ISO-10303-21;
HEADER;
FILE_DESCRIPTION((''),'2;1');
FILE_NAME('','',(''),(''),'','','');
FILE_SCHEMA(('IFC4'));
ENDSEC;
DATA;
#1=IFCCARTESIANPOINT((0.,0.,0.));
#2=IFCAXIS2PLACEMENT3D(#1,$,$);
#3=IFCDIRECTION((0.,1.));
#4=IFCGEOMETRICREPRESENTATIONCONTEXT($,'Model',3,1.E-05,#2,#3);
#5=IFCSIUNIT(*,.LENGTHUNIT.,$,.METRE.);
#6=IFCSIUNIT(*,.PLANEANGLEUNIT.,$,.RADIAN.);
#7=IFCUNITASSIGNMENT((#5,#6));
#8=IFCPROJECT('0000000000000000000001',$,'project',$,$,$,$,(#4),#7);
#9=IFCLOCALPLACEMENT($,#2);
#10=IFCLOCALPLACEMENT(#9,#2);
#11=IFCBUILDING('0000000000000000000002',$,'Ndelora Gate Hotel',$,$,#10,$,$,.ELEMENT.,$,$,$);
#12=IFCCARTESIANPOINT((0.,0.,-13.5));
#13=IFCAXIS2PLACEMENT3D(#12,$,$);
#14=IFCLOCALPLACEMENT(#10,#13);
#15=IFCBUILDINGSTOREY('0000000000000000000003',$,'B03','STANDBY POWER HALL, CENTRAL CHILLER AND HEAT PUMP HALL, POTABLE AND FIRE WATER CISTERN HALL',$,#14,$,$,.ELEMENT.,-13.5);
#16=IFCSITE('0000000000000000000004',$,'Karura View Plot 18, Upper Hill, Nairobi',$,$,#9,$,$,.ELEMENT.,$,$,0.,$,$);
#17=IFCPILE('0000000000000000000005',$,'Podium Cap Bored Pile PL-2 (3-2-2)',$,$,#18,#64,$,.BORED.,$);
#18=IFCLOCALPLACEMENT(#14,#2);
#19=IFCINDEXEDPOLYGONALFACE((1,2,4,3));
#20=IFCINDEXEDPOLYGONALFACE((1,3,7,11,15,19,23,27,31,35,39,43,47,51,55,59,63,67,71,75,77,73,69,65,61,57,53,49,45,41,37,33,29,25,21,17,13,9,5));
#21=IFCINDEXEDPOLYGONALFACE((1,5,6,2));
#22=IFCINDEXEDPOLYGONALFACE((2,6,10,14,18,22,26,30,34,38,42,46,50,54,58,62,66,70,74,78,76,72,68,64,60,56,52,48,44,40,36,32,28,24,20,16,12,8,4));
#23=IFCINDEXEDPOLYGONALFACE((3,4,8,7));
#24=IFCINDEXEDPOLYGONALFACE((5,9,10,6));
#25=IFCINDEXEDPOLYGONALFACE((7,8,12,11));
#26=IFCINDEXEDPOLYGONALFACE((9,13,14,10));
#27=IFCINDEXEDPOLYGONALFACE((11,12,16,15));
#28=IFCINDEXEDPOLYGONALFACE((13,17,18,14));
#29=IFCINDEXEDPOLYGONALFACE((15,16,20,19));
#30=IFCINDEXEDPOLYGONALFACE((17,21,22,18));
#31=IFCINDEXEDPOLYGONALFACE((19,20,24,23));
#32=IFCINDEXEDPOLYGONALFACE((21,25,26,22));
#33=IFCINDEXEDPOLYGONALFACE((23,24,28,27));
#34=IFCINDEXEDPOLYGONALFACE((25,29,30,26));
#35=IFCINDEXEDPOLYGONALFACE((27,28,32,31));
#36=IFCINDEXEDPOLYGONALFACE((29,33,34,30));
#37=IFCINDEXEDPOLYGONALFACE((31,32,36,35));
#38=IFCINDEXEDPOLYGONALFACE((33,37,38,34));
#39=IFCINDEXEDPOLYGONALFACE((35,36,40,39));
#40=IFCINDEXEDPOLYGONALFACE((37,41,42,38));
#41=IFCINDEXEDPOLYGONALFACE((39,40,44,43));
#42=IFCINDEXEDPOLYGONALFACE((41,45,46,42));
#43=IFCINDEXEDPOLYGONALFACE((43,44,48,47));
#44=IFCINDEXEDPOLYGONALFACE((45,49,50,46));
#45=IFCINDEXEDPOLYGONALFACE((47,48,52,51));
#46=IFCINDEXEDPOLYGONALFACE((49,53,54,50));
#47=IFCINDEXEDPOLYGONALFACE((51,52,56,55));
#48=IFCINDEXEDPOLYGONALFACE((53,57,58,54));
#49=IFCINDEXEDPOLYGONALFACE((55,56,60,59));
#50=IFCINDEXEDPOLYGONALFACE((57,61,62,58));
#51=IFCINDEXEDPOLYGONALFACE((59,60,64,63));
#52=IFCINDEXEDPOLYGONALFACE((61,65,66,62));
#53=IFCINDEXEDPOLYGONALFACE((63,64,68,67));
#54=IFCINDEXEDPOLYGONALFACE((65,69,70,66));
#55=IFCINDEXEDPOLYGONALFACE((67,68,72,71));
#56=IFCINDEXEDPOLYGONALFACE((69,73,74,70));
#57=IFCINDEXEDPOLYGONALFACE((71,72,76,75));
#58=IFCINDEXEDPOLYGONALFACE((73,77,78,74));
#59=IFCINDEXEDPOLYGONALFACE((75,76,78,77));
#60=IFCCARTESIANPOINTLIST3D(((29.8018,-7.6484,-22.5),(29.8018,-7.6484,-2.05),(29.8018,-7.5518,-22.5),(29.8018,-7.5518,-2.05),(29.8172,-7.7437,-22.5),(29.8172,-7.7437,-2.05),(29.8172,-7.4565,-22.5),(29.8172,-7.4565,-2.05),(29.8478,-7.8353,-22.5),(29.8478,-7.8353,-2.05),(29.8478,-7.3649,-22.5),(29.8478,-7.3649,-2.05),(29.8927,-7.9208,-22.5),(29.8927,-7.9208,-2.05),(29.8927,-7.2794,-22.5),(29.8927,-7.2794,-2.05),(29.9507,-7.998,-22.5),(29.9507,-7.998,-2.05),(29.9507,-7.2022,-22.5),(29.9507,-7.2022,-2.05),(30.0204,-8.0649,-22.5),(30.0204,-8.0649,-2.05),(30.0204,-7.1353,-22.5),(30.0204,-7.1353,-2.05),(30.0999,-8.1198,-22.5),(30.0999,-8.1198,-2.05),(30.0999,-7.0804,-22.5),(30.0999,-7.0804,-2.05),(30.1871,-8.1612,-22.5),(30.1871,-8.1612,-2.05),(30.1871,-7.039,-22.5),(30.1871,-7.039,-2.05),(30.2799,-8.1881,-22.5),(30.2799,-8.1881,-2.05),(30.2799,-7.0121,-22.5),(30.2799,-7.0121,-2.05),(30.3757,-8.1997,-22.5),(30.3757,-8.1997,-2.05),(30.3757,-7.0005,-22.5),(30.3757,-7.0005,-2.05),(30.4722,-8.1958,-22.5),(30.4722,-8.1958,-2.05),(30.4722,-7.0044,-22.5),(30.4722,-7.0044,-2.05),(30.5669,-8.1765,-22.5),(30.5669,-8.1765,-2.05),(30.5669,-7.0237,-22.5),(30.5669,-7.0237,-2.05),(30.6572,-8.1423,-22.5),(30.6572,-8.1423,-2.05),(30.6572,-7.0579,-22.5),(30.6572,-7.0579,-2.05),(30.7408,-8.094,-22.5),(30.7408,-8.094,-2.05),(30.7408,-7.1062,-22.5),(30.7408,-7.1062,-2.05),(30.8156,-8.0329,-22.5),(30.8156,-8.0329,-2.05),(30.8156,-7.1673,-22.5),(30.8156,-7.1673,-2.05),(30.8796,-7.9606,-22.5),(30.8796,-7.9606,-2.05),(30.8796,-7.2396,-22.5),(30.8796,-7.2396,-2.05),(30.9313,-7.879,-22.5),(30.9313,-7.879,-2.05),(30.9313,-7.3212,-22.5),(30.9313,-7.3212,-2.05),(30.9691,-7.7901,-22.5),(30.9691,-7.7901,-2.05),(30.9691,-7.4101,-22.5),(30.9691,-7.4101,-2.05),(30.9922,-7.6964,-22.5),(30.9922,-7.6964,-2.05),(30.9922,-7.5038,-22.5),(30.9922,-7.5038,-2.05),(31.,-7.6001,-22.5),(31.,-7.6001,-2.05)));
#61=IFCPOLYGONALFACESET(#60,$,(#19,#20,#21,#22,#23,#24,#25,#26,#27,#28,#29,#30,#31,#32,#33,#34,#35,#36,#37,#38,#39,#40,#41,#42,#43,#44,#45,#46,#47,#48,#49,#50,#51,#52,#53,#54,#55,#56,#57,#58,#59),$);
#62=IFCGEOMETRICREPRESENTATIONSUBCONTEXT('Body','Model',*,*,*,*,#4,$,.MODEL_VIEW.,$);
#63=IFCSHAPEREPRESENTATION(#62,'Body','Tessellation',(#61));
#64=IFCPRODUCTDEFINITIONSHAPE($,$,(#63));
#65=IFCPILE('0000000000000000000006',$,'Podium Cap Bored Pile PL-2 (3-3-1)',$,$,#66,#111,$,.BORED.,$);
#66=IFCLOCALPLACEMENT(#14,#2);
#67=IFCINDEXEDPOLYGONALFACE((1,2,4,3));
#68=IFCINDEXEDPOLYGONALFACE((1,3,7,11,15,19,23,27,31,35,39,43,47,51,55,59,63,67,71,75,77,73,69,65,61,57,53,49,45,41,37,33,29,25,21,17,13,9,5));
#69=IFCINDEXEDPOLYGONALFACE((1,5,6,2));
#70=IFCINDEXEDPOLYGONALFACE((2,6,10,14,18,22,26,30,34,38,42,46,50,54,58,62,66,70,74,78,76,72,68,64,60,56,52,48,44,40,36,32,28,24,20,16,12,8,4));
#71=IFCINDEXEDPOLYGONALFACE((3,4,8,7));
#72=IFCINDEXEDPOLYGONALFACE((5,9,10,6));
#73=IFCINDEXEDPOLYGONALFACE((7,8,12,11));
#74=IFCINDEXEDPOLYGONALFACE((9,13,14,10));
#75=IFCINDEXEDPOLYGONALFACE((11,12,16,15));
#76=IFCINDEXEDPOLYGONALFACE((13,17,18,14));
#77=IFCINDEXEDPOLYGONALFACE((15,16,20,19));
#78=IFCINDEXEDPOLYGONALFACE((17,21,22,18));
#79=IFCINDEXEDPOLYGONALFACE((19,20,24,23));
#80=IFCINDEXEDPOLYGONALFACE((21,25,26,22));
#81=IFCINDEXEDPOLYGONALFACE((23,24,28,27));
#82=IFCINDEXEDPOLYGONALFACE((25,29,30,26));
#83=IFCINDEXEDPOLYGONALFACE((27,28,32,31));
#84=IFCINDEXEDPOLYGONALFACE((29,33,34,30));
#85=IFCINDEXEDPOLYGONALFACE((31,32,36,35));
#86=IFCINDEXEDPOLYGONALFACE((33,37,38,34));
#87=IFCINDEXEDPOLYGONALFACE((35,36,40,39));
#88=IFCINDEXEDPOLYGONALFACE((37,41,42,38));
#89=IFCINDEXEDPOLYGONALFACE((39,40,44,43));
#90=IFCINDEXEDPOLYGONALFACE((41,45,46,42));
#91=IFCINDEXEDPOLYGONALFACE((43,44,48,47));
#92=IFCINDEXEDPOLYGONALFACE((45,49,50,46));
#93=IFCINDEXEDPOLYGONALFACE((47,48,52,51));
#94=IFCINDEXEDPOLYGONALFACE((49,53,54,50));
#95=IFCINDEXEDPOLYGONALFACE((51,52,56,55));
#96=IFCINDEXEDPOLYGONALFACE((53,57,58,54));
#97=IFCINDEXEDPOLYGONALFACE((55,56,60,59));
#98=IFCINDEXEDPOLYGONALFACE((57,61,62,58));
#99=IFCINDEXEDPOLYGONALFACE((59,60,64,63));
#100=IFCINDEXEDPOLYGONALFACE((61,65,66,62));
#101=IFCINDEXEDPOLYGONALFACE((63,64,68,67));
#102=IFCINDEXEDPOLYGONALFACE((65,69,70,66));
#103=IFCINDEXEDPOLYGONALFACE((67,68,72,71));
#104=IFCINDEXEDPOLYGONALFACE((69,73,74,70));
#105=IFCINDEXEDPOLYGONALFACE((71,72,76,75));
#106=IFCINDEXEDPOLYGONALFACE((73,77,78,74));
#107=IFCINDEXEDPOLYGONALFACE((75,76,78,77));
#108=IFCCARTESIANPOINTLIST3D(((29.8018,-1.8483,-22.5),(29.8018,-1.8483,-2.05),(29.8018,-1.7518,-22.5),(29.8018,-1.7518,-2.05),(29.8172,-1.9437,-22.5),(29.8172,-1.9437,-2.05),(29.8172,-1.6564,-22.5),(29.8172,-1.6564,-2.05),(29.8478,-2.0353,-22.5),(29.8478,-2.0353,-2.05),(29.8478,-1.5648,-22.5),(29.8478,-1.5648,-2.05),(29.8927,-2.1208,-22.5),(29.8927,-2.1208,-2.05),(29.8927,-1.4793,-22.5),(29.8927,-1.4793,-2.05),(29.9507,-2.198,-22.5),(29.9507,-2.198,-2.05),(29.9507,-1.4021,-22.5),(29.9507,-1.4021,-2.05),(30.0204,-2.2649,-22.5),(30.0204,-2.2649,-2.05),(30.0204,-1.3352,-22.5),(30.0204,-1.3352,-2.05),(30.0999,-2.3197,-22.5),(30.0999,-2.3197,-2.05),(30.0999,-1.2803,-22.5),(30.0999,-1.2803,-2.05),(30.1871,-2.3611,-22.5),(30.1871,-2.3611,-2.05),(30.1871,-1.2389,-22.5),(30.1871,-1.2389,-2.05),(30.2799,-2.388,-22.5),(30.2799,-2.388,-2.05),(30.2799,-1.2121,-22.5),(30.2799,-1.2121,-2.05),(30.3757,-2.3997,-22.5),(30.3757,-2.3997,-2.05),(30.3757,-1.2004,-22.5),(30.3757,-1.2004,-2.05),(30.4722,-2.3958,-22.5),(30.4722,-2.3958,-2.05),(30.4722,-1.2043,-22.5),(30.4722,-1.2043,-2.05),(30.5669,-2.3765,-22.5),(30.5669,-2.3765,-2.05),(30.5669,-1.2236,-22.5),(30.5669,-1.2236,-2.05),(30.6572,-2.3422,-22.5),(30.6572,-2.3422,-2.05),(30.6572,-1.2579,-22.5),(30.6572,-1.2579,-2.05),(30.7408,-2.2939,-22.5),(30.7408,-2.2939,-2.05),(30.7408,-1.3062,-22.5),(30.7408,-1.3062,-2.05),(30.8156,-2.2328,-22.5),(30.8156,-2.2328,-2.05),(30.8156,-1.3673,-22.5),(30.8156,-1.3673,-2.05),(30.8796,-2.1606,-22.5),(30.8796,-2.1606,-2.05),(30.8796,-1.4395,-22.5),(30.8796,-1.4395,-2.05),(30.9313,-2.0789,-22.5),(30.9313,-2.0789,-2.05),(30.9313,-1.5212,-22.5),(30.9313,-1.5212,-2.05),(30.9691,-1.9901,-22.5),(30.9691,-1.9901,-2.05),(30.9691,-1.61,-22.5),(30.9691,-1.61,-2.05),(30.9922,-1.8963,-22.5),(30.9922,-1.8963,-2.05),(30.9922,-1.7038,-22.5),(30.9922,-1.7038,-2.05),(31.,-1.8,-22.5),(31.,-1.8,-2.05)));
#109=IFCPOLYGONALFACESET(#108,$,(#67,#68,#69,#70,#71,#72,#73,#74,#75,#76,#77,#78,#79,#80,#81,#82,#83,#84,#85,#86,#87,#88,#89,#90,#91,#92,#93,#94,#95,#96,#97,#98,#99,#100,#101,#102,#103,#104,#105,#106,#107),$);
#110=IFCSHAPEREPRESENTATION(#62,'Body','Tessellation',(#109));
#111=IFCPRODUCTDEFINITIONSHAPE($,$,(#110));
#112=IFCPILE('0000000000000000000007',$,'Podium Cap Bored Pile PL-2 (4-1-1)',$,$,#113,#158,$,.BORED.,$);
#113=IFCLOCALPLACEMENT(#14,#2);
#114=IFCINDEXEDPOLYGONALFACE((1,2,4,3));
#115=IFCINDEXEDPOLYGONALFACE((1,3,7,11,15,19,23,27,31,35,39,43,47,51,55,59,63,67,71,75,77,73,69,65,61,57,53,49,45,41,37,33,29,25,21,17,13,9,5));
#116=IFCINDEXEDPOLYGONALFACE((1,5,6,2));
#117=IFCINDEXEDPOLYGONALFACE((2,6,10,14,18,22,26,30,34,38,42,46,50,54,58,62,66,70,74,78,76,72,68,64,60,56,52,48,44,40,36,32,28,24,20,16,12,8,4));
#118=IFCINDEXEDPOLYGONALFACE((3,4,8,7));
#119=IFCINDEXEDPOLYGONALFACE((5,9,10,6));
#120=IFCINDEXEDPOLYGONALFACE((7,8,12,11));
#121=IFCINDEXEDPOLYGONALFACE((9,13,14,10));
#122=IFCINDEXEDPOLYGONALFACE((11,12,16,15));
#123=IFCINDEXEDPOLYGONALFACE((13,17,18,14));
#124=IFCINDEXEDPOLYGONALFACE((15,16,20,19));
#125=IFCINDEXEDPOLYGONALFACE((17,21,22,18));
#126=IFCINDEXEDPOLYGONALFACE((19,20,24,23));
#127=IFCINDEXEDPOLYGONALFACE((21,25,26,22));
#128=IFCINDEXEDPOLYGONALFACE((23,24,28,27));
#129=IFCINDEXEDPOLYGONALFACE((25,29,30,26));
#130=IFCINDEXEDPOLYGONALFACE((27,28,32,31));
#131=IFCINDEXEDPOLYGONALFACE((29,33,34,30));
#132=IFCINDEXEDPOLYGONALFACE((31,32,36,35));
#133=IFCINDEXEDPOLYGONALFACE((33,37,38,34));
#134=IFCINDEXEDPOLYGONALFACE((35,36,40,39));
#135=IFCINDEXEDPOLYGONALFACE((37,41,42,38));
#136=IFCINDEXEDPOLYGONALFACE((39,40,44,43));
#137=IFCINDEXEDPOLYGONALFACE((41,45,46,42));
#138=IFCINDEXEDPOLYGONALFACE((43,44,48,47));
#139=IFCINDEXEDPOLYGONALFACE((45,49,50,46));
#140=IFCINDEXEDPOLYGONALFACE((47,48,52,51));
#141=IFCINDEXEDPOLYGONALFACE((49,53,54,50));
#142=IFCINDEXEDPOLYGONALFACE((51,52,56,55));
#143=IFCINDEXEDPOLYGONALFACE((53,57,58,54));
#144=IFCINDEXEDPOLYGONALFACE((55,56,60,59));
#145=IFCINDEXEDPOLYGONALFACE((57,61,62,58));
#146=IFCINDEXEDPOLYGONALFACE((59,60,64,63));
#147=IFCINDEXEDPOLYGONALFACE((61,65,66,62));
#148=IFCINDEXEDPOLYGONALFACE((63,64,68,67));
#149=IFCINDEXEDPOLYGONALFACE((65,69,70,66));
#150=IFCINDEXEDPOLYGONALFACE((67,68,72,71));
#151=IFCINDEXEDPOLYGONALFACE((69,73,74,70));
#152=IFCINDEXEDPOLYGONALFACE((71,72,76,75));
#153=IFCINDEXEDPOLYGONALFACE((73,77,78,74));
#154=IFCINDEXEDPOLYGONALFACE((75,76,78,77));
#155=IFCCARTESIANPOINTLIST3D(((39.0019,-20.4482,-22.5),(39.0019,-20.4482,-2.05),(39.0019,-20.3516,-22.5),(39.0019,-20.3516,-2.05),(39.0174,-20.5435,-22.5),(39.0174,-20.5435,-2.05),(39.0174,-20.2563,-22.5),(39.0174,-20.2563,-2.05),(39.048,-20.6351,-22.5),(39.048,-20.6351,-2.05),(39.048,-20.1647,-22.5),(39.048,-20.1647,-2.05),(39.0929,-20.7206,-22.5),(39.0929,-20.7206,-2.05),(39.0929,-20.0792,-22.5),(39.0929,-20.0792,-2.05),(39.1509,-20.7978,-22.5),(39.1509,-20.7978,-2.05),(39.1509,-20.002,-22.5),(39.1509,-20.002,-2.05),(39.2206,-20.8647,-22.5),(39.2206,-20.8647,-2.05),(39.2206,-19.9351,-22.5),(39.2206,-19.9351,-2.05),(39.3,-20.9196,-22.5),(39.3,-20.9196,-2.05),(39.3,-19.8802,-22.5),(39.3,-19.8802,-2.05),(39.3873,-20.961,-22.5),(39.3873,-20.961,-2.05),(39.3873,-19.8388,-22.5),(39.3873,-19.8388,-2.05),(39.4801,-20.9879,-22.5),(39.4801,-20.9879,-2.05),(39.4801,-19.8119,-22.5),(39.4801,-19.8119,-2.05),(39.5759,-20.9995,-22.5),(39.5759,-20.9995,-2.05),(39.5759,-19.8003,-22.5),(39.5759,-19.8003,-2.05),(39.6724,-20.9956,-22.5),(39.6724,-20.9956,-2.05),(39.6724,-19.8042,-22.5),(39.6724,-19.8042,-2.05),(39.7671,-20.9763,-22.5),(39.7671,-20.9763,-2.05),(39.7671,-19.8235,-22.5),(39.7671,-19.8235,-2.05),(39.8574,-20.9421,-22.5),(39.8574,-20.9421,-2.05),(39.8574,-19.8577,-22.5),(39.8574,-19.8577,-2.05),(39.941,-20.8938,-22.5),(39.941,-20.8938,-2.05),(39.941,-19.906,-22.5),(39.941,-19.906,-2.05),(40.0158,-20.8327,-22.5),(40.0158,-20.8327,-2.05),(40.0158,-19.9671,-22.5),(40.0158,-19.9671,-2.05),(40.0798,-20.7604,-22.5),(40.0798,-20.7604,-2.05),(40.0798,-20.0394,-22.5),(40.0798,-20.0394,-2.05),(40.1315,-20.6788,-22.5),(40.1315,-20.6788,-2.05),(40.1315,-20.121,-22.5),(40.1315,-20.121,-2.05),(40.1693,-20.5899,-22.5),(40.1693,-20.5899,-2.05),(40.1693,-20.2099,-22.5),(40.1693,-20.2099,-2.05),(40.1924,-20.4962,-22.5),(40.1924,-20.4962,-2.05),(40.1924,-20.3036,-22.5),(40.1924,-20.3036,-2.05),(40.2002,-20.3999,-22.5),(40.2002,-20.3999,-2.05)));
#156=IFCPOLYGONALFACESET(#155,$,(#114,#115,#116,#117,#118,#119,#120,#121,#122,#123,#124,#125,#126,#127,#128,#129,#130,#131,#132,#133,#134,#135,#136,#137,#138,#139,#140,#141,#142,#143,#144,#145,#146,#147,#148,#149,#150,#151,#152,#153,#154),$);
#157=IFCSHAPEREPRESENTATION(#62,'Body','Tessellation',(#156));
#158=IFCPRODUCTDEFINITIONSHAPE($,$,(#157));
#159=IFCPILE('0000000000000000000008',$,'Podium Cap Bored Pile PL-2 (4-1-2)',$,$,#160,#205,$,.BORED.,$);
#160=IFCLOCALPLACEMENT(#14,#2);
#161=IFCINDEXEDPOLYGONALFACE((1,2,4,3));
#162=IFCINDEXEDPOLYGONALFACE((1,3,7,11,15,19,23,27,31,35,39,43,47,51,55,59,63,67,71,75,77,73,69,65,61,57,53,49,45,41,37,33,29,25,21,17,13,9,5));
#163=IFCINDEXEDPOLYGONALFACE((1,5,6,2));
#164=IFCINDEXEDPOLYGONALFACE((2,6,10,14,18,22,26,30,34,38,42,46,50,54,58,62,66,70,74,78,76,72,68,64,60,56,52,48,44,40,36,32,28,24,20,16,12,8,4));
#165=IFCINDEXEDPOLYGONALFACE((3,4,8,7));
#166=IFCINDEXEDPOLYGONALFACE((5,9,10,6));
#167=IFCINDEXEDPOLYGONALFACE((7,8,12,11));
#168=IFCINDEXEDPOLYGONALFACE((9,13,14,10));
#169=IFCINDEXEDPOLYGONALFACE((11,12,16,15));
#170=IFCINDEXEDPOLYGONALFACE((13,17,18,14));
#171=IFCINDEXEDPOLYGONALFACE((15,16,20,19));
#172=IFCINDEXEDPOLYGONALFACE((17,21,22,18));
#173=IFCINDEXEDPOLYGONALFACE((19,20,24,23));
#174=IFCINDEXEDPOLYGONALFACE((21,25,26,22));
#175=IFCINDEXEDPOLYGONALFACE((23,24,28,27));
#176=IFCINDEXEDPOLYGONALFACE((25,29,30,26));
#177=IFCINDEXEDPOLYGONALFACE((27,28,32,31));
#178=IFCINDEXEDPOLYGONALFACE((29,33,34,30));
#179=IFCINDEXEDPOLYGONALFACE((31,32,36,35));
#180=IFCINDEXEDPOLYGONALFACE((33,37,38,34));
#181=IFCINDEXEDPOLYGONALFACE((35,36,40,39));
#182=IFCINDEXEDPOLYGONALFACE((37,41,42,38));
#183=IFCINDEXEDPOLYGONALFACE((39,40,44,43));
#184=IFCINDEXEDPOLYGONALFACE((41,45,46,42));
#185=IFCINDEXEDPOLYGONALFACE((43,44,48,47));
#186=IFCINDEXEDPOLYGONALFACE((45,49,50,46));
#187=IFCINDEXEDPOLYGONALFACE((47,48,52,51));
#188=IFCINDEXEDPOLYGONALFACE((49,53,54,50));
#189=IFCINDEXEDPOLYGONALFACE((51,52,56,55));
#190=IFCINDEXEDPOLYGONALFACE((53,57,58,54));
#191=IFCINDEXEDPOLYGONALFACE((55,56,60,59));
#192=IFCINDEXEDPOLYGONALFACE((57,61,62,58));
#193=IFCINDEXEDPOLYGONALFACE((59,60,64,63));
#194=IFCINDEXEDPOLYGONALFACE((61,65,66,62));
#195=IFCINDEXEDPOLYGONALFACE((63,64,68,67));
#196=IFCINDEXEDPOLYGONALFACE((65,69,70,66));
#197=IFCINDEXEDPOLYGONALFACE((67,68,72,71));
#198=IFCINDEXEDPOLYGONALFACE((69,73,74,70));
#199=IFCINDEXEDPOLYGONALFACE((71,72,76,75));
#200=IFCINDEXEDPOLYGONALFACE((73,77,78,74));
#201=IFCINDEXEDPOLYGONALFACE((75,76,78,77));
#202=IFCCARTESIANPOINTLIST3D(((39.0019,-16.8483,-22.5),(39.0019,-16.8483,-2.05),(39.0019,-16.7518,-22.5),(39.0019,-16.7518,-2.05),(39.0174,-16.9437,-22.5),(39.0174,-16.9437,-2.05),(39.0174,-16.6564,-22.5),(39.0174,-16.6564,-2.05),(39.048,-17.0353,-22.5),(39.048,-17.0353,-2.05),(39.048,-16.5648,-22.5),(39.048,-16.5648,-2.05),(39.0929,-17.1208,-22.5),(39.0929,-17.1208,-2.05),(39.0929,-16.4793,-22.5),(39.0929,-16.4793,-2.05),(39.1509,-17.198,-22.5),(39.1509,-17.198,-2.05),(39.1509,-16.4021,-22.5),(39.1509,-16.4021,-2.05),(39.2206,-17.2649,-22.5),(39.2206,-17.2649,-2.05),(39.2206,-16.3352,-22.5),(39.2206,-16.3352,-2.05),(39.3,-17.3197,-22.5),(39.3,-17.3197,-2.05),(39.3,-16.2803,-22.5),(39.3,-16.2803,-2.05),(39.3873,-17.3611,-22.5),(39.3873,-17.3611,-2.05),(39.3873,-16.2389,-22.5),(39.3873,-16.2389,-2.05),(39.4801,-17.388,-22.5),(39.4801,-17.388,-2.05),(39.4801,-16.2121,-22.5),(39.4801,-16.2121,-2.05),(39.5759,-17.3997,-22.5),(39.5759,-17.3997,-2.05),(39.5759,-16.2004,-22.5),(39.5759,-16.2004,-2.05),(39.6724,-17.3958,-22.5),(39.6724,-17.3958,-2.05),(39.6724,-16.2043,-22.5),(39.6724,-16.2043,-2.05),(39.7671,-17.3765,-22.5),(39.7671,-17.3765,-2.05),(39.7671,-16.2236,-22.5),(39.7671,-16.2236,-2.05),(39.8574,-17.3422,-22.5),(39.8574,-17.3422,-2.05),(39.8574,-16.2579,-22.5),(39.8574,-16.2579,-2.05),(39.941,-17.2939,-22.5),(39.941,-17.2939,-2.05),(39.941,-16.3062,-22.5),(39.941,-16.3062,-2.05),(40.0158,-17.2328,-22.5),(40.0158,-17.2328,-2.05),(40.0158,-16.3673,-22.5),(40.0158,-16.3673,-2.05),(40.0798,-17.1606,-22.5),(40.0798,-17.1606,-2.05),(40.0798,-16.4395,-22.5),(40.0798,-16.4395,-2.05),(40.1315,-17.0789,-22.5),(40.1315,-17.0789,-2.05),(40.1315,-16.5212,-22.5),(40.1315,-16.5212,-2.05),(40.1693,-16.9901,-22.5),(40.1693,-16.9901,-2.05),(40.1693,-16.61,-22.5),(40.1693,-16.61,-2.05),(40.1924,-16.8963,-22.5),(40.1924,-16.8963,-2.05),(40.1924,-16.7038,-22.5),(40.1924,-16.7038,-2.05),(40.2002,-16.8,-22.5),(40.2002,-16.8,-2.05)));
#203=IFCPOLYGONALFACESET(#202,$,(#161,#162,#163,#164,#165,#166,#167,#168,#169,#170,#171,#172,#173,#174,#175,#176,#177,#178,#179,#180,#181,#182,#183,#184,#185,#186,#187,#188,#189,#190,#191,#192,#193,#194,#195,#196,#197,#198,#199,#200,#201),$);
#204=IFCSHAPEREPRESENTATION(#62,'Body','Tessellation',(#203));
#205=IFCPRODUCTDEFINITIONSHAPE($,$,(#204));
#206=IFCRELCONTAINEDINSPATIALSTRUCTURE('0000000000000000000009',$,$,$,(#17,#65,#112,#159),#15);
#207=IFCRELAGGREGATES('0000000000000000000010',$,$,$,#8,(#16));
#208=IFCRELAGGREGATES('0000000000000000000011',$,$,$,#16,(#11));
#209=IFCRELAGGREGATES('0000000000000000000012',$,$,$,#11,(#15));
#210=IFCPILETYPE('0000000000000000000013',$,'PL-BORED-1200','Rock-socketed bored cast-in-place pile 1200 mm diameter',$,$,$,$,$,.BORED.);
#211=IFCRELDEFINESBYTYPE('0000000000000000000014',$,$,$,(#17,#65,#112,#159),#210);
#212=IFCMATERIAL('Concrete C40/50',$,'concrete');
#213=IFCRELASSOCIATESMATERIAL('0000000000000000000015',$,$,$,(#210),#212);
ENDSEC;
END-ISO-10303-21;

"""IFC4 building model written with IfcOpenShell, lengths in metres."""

from ifc_helpers import new_model, si_unit, direction, frame, origin, origin_2d, place, context, subcontext, project, spatial, circle, extrude, material, material_profile, profile_set, type_object, element, save


model = new_model("IFC4")

# Units and contexts
model_context = context("Model", 3, precision=1e-05, world=origin(), true_north=direction((0.0, 1.0)))
body_context = subcontext(model_context, "Body", "Model", "MODEL_VIEW")
ifc_project = project(units=[si_unit("LENGTHUNIT", "METRE"), si_unit("PLANEANGLEUNIT", "RADIAN")], contexts=[model_context])

# Site, building, storey
site_placement = place(None, origin())
site = spatial("IfcSite", under=ifc_project, at=site_placement, Name="Karura View Plot 18, Upper Hill, Nairobi", CompositionType="ELEMENT", RefElevation=0.0)
building_placement = place(site_placement, origin())
building = spatial("IfcBuilding", under=site, at=building_placement, Name="Ndelora Gate Hotel", CompositionType="ELEMENT")
storey_placement = place(building_placement, frame((0.0, 0.0, -13.5)))
storey = spatial("IfcBuildingStorey", under=building, at=storey_placement, Name="B03", Description="STANDBY POWER HALL, CENTRAL CHILLER AND HEAT PUMP HALL, POTABLE AND FIRE WATER CISTERN HALL", CompositionType="ELEMENT", Elevation=-13.5)

# Shared definitions
ifc_material_1 = material(Name="Concrete C40/50", Category="concrete")

# Piles
ifc_material_profile_1 = material_profile(ifc_material_1, circle(Radius=0.6001, at=origin_2d()), Name="PILE D1200")
ifc_profile_set_1 = profile_set([ifc_material_profile_1], Name="Concrete C40/50")
pile_type = type_object("IfcPileType", Name="PL-BORED-1200", Description="Rock-socketed bored cast-in-place pile 1200 mm diameter", PredefinedType="BORED", material=ifc_profile_set_1)
for number, where, z_axis, x_axis, name in (
    (1, (30.3999, -7.6001, -2.05), (0.0, 0.0, -1.0), (1.0, 0.0, 0.0), "Podium Cap Bored Pile PL-2 (3-2-2)"),
    (2, (30.3999, -1.8, -2.05), (0.0, 0.0, -1.0), (1.0, 0.0, 0.0), "Podium Cap Bored Pile PL-2 (3-3-1)"),
    (3, (39.6001, -20.3999, -2.05), (0.0, 0.0, -1.0), (1.0, 0.0, 0.0), "Podium Cap Bored Pile PL-2 (4-1-1)"),
    (4, (39.6001, -16.8, -2.05), (0.0, 0.0, -1.0), (1.0, 0.0, 0.0), "Podium Cap Bored Pile PL-2 (4-1-2)"),
):
    element("IfcPile", number, at=place(storey_placement, frame(where, z_axis=z_axis, x_axis=x_axis)), inside=storey, type_object=pile_type, Name=name, PredefinedType="BORED", context=body_context, shape_type="SweptSolid", body=[
        extrude(circle(Radius=0.6001, at=origin_2d()), origin(), (0.0, 0.0, 1.0), 20.45),
    ])

save(model, "model.ifc")
